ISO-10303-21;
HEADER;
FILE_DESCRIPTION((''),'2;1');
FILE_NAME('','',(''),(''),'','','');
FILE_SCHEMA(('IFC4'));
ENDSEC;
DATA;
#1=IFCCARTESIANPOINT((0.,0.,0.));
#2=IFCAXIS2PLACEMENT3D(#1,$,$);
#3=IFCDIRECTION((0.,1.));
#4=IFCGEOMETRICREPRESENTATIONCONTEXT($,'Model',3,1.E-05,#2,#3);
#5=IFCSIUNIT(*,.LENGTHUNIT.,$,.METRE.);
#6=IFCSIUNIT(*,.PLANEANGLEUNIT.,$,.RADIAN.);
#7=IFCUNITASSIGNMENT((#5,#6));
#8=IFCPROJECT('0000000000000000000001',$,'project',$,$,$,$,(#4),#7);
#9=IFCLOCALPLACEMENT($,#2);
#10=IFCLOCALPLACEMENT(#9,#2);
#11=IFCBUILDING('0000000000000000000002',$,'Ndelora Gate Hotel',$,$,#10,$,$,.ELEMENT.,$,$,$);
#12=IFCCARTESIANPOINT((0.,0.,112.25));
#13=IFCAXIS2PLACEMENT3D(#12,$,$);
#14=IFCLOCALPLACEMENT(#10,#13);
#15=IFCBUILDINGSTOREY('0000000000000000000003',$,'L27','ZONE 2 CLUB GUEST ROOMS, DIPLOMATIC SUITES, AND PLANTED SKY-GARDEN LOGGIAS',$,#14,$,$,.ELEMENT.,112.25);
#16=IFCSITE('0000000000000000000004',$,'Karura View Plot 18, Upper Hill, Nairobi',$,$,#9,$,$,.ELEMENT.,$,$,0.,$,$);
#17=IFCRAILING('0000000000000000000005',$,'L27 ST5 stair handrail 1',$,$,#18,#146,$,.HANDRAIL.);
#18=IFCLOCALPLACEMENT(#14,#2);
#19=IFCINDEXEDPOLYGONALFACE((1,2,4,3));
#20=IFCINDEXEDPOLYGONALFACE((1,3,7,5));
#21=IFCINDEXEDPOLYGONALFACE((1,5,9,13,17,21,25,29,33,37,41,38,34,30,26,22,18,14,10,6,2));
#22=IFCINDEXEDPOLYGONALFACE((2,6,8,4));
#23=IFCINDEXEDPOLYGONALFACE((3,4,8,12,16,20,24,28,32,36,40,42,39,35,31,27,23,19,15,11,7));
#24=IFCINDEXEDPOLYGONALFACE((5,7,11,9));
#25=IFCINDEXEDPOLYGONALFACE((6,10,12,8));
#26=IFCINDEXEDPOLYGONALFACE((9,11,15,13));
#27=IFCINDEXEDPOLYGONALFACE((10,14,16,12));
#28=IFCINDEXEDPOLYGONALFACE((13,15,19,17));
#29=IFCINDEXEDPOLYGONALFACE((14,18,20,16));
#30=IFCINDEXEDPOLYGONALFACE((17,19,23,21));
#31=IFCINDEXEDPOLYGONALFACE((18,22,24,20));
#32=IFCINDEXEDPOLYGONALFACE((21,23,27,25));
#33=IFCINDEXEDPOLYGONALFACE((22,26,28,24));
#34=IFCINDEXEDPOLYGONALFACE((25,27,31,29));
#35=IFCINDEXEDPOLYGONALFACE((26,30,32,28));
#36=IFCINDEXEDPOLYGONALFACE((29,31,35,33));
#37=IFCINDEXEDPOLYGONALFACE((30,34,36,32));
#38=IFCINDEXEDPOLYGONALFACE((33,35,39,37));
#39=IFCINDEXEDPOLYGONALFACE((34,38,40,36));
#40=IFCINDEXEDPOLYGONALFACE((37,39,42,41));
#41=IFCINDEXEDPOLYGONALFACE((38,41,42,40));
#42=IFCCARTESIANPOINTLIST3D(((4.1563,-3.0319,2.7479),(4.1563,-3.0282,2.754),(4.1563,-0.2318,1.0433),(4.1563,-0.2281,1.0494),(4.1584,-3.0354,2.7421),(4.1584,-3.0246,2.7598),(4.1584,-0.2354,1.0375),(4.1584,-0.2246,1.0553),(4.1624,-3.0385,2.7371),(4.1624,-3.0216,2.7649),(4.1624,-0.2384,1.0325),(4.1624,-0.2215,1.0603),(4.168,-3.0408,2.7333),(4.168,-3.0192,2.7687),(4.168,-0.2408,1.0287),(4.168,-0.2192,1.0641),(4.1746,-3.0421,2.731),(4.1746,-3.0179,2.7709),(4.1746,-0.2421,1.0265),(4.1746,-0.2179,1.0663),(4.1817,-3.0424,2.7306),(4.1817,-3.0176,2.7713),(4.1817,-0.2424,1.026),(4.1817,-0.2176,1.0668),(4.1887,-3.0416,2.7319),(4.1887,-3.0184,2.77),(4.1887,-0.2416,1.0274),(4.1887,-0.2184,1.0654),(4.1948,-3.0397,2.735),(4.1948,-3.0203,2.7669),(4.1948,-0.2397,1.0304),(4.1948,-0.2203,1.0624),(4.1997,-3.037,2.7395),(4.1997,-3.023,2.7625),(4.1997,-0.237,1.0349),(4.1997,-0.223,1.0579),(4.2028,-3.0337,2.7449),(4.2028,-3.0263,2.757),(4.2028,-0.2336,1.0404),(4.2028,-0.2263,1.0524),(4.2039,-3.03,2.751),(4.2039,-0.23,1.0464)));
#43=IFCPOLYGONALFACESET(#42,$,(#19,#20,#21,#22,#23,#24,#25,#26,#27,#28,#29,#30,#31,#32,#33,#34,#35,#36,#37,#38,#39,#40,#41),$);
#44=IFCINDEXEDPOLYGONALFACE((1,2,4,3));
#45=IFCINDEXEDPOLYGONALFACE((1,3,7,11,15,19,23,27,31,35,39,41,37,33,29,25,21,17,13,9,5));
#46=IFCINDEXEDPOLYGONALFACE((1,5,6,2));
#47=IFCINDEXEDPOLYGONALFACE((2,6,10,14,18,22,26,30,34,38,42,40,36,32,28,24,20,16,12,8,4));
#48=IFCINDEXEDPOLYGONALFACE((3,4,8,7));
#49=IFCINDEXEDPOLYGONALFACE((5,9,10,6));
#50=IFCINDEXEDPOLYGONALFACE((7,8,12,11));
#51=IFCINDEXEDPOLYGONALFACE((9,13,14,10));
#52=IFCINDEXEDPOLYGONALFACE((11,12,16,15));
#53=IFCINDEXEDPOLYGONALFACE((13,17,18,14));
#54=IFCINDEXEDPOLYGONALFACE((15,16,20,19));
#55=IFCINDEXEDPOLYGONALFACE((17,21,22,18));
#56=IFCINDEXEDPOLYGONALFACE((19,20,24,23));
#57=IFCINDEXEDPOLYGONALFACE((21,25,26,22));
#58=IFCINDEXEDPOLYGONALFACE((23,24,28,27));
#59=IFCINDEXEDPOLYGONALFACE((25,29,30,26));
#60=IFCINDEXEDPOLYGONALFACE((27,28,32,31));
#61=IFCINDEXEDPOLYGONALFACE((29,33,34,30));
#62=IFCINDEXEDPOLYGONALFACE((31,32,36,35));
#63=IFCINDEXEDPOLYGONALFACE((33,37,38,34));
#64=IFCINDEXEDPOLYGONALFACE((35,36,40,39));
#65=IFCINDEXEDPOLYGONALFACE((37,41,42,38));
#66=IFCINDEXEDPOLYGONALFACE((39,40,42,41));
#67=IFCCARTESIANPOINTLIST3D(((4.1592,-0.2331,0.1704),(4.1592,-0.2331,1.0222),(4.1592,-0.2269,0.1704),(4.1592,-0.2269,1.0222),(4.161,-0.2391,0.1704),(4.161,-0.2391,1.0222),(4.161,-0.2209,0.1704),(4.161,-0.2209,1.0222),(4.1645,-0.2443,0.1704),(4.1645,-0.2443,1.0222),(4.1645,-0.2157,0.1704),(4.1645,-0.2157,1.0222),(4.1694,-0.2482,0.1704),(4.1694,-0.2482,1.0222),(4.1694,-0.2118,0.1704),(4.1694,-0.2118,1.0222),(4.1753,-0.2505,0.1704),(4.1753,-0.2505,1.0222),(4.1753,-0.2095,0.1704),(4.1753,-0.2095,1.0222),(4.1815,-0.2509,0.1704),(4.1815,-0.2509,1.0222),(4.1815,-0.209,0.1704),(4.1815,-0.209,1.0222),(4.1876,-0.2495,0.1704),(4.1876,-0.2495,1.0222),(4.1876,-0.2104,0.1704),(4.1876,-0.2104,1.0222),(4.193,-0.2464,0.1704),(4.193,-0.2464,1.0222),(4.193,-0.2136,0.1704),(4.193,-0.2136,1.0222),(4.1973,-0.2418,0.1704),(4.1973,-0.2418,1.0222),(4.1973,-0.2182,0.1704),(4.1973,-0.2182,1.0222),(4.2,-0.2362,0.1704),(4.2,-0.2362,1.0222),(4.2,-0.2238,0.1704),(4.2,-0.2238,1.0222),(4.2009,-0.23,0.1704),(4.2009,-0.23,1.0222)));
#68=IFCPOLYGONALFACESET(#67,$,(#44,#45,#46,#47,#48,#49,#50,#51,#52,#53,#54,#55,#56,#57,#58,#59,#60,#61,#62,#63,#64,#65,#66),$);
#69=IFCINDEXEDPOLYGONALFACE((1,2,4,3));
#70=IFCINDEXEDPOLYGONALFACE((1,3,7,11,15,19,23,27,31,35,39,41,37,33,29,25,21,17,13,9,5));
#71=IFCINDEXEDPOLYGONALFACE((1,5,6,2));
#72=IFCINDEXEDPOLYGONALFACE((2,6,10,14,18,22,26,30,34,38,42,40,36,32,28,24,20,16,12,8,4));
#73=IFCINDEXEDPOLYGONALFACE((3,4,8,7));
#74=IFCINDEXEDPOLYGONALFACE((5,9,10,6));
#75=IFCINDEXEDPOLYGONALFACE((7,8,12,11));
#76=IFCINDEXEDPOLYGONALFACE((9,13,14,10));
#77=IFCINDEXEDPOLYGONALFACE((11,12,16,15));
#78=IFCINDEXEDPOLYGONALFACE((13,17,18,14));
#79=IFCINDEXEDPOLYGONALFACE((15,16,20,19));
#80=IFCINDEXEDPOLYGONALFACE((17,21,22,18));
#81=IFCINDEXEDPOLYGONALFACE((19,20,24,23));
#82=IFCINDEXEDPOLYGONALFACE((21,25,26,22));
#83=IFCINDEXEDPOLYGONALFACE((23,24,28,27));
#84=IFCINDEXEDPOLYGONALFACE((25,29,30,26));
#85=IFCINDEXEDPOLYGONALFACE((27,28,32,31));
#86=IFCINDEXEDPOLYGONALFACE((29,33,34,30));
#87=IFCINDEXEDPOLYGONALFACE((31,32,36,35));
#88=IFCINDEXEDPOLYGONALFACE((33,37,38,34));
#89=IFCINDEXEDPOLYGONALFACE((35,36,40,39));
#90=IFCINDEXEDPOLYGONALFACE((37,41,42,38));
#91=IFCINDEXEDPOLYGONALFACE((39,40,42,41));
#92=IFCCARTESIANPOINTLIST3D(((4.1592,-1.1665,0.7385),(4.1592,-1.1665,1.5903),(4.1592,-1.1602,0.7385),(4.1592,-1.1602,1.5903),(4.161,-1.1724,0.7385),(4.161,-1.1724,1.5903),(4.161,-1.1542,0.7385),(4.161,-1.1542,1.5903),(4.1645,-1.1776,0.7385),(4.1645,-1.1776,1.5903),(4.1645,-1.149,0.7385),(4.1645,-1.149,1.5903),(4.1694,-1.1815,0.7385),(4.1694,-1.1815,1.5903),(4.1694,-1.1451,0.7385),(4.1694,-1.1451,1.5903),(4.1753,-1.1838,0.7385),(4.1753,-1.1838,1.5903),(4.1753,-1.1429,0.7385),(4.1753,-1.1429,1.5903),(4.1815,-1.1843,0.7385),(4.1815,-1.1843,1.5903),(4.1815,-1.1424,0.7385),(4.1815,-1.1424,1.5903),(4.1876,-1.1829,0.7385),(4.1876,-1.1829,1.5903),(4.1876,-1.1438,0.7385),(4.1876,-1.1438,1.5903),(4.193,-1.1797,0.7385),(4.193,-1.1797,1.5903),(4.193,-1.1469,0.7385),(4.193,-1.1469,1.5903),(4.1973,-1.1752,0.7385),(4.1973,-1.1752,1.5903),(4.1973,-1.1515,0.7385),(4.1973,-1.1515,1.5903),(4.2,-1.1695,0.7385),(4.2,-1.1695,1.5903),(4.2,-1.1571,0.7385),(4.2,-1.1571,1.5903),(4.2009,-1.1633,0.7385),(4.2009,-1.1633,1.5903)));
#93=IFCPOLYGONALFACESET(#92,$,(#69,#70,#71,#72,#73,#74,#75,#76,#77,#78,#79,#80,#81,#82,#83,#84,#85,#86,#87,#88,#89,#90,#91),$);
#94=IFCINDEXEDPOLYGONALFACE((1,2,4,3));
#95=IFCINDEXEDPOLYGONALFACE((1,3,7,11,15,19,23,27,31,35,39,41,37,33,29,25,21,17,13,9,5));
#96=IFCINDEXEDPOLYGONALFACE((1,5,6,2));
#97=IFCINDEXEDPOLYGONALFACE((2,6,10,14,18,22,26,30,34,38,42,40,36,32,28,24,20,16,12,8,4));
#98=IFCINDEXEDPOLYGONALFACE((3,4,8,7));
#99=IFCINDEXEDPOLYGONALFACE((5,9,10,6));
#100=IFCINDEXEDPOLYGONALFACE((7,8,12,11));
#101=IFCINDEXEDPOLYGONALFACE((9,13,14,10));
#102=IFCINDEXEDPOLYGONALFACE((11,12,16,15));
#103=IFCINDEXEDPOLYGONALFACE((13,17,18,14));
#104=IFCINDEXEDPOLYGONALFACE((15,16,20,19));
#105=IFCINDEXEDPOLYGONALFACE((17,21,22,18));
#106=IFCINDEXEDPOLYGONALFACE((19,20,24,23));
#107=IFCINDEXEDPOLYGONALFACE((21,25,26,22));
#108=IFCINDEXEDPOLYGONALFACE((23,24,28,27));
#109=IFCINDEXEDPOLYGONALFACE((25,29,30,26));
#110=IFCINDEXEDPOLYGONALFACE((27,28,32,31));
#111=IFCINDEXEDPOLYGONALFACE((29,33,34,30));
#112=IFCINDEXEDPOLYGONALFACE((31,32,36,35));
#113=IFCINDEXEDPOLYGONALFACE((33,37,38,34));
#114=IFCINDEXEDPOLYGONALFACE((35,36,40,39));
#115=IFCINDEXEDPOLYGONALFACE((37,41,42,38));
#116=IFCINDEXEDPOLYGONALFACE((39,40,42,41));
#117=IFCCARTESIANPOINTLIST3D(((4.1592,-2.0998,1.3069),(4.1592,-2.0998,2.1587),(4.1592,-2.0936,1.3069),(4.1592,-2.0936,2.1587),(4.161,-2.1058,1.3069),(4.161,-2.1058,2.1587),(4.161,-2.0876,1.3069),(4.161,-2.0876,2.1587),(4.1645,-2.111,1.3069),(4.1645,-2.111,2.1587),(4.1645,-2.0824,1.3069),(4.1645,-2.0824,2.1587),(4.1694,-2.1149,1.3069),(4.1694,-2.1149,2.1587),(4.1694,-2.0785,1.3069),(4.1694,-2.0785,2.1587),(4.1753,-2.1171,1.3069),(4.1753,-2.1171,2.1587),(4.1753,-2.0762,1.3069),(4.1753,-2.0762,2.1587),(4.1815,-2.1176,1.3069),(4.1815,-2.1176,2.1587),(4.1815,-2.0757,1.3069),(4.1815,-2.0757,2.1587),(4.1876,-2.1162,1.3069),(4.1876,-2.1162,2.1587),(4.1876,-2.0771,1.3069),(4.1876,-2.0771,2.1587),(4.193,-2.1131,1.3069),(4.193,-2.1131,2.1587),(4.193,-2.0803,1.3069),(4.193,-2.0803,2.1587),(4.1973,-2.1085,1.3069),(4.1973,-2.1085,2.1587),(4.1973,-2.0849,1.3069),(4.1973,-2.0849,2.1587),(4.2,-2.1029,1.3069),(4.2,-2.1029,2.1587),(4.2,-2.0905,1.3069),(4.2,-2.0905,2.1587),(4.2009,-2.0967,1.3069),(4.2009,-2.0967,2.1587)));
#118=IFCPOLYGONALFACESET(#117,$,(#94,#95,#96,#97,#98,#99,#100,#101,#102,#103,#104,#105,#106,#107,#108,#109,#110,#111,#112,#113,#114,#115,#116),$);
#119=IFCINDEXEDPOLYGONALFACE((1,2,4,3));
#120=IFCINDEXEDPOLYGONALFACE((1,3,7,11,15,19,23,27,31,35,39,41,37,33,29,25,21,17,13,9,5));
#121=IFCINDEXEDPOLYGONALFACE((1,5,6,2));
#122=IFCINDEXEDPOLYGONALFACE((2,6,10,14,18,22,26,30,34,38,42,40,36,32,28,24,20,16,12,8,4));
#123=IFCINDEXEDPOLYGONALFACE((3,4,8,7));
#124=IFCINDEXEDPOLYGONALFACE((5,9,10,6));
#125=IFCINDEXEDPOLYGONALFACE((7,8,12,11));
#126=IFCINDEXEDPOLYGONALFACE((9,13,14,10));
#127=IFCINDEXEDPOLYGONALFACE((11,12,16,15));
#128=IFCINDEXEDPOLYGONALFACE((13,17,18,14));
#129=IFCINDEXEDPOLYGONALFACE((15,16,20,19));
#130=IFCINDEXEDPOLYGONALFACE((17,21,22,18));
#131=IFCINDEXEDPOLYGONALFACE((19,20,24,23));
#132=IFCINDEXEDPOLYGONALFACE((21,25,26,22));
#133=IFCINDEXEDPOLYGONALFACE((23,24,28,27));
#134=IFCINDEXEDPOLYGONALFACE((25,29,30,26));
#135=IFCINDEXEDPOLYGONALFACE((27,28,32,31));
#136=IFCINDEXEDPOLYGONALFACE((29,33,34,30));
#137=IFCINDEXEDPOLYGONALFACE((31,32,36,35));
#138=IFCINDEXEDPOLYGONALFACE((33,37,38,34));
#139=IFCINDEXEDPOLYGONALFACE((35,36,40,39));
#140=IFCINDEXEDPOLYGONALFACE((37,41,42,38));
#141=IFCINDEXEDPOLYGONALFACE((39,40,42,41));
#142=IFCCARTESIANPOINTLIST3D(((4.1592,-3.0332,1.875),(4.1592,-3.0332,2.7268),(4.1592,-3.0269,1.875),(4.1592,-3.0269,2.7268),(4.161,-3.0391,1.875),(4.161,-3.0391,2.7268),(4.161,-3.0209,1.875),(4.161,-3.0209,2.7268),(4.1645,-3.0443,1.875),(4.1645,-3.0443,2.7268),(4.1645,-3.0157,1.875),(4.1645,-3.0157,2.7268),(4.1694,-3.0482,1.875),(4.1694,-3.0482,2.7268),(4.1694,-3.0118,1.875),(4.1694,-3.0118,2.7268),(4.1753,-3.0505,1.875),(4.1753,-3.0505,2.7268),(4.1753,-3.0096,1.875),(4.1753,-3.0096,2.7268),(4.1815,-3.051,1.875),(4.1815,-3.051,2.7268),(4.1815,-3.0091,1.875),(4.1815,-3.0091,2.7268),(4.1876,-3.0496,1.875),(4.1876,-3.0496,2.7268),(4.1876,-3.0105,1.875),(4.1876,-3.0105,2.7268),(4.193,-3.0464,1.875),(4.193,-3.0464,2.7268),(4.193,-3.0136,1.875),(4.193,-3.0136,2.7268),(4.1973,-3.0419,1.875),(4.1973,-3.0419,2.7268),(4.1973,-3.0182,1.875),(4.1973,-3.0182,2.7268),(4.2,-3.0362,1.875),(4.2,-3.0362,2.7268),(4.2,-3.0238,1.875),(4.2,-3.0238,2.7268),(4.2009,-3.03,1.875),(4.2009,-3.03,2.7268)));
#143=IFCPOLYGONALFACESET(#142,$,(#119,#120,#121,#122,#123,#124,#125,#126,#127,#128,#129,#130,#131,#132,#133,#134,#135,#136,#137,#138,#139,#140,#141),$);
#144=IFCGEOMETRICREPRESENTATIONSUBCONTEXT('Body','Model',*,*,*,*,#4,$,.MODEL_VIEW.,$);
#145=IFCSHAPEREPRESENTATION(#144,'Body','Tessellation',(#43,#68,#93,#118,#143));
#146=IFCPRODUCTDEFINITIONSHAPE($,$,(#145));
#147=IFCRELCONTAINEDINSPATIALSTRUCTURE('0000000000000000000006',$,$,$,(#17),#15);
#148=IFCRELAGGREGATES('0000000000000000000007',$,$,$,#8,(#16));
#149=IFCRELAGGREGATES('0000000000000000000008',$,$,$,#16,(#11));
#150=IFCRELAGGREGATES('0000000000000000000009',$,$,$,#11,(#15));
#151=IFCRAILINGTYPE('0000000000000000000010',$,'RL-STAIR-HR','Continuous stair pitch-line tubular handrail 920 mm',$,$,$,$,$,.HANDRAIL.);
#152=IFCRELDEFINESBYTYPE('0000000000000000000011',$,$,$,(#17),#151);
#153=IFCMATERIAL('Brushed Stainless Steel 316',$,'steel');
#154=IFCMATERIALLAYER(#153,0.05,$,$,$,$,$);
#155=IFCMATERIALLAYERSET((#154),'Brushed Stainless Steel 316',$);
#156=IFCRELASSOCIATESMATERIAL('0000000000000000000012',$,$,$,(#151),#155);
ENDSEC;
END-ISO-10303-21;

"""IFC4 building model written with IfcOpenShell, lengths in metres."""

from ifc_helpers import new_model, si_unit, direction, frame, origin, origin_2d, place, context, subcontext, project, spatial, circle, extrude, material, layer, layer_set, type_object, element, save


model = new_model("IFC4")

# Units and contexts
model_context = context("Model", 3, precision=1e-05, world=origin(), true_north=direction((0.0, 1.0)))
body_context = subcontext(model_context, "Body", "Model", "MODEL_VIEW")
ifc_project = project(units=[si_unit("LENGTHUNIT", "METRE"), si_unit("PLANEANGLEUNIT", "RADIAN")], contexts=[model_context])

# Site, building, storey
site_placement = place(None, origin())
site = spatial("IfcSite", under=ifc_project, at=site_placement, Name="Karura View Plot 18, Upper Hill, Nairobi", CompositionType="ELEMENT", RefElevation=0.0)
building_placement = place(site_placement, origin())
building = spatial("IfcBuilding", under=site, at=building_placement, Name="Ndelora Gate Hotel", CompositionType="ELEMENT")
storey_placement = place(building_placement, frame((0.0, 0.0, 112.25)))
storey = spatial("IfcBuildingStorey", under=building, at=storey_placement, Name="L27", Description="ZONE 2 CLUB GUEST ROOMS, DIPLOMATIC SUITES, AND PLANTED SKY-GARDEN LOGGIAS", CompositionType="ELEMENT", Elevation=112.25)

# Railing
ifc_material_1 = material(Name="Brushed Stainless Steel 316", Category="steel")
ifc_layer_1 = layer(ifc_material_1, 0.05)
ifc_layer_set_1 = layer_set([ifc_layer_1], Name="Brushed Stainless Steel 316")
railing_type_1 = type_object("IfcRailingType", Name="RL-STAIR-HR", Description="Continuous stair pitch-line tubular handrail 920 mm", PredefinedType="HANDRAIL", material=ifc_layer_set_1)
railing_1_placement = place(storey_placement, frame((4.1799, -0.23, 0.1704)))
element("IfcRailing", 1, at=railing_1_placement, inside=storey, type_object=railing_type_1, Name="L27 ST5 stair handrail 1", PredefinedType="HANDRAIL", context=body_context, shape_type="SweptSolid", body=[
    extrude(circle(Radius=0.0239, at=origin_2d()), frame((0.0, 0.0, 0.876), z_axis=(0.0, -0.85417, 0.519994), x_axis=(1.0, 0.0, 0.0)), (0.0, 0.0, 1.0), 3.2781),
    extrude(circle(Radius=0.021, at=origin_2d()), origin(), (0.0, 0.0, 1.0), 0.8518),
    extrude(circle(Radius=0.021, at=origin_2d()), frame((0.0, -0.9333, 0.5681)), (0.0, 0.0, 1.0), 0.8518),
    extrude(circle(Radius=0.021, at=origin_2d()), frame((0.0, -1.8667, 1.1365)), (0.0, 0.0, 1.0), 0.8518),
    extrude(circle(Radius=0.021, at=origin_2d()), frame((0.0, -2.8, 1.7046)), (0.0, 0.0, 1.0), 0.8518),
])

save(model, "model.ifc")
